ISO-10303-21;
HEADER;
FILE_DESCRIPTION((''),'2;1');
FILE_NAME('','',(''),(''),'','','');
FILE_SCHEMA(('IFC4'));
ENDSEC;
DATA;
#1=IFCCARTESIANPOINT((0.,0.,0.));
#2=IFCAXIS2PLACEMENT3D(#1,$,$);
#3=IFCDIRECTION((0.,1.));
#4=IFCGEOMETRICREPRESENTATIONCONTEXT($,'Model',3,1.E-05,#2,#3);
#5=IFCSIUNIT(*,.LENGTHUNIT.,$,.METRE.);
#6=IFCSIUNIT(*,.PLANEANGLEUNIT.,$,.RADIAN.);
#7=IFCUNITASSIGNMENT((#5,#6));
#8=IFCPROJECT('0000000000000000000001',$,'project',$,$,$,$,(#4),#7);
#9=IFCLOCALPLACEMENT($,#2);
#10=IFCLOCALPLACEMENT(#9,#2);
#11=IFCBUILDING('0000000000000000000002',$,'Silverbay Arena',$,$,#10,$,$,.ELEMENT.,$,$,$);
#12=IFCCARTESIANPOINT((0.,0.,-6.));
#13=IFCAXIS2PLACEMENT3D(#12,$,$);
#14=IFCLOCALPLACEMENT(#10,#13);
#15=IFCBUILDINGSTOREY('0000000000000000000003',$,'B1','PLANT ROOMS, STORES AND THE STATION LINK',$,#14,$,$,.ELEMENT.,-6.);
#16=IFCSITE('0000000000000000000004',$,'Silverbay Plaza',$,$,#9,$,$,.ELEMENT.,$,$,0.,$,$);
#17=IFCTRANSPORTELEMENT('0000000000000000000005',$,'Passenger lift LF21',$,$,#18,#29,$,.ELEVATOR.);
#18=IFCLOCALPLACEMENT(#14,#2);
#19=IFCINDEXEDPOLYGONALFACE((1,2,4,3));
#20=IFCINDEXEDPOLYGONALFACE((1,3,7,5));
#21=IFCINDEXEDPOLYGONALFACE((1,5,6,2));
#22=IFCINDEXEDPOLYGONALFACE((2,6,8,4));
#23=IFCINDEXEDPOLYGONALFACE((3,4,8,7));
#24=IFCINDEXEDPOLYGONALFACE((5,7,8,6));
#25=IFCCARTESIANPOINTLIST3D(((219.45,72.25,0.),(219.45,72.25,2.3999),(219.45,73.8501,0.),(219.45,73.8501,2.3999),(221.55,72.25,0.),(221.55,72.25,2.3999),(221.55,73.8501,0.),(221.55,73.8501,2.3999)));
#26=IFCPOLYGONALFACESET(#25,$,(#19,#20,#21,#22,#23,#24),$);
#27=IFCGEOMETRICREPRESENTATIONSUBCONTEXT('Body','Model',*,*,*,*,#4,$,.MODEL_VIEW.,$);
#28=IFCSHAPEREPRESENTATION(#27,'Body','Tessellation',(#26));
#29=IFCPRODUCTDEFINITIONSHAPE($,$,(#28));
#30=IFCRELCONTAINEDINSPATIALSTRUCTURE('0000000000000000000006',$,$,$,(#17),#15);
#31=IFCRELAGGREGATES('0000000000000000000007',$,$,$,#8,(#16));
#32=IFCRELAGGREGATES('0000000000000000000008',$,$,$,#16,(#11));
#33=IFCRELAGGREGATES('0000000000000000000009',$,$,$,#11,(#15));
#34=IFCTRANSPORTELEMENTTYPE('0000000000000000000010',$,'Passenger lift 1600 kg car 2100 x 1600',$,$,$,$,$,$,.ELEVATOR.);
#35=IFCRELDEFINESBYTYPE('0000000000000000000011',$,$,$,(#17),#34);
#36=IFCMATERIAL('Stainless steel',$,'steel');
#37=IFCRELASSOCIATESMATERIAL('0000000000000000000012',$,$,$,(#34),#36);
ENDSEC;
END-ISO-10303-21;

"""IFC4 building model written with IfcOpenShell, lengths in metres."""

from ifc_helpers import new_model, si_unit, direction, frame, origin, origin_2d, place, context, subcontext, project, spatial, rectangle, extrude, material, type_object, element, save


model = new_model("IFC4")

# Units and contexts
model_context = context("Model", 3, precision=1e-05, world=origin(), true_north=direction((0.0, 1.0)))
body_context = subcontext(model_context, "Body", "Model", "MODEL_VIEW")
ifc_project = project(units=[si_unit("LENGTHUNIT", "METRE"), si_unit("PLANEANGLEUNIT", "RADIAN")], contexts=[model_context])

# Site, building, storey
site_placement = place(None, origin())
site = spatial("IfcSite", under=ifc_project, at=site_placement, Name="Silverbay Plaza", CompositionType="ELEMENT", RefElevation=0.0)
building_placement = place(site_placement, origin())
building = spatial("IfcBuilding", under=site, at=building_placement, Name="Silverbay Arena", CompositionType="ELEMENT")
storey_placement = place(building_placement, frame((0.0, 0.0, -6.0)))
storey = spatial("IfcBuildingStorey", under=building, at=storey_placement, Name="B1", Description="PLANT ROOMS, STORES AND THE STATION LINK", CompositionType="ELEMENT", Elevation=-6.0)

# Transport element
ifc_material_1 = material(Name="Stainless steel", Category="steel")
transport_element_type_1 = type_object("IfcTransportElementType", Name="Passenger lift 1600 kg car 2100 x 1600", PredefinedType="ELEVATOR", material=ifc_material_1)
transport_element_1_placement = place(storey_placement, frame((220.5, 73.05, 0.0), z_axis=(0.0, 0.0, 1.0), x_axis=(1.0, 0.0, 0.0)))
element("IfcTransportElement", 1, at=transport_element_1_placement, inside=storey, type_object=transport_element_type_1, Name="Passenger lift LF21", PredefinedType="ELEVATOR", context=body_context, shape_type="SweptSolid", body=[
    extrude(rectangle(XDim=2.1001, YDim=1.6001, at=origin_2d()), origin(), (0.0, 0.0, 1.0), 2.3999),
])

save(model, "model.ifc")
